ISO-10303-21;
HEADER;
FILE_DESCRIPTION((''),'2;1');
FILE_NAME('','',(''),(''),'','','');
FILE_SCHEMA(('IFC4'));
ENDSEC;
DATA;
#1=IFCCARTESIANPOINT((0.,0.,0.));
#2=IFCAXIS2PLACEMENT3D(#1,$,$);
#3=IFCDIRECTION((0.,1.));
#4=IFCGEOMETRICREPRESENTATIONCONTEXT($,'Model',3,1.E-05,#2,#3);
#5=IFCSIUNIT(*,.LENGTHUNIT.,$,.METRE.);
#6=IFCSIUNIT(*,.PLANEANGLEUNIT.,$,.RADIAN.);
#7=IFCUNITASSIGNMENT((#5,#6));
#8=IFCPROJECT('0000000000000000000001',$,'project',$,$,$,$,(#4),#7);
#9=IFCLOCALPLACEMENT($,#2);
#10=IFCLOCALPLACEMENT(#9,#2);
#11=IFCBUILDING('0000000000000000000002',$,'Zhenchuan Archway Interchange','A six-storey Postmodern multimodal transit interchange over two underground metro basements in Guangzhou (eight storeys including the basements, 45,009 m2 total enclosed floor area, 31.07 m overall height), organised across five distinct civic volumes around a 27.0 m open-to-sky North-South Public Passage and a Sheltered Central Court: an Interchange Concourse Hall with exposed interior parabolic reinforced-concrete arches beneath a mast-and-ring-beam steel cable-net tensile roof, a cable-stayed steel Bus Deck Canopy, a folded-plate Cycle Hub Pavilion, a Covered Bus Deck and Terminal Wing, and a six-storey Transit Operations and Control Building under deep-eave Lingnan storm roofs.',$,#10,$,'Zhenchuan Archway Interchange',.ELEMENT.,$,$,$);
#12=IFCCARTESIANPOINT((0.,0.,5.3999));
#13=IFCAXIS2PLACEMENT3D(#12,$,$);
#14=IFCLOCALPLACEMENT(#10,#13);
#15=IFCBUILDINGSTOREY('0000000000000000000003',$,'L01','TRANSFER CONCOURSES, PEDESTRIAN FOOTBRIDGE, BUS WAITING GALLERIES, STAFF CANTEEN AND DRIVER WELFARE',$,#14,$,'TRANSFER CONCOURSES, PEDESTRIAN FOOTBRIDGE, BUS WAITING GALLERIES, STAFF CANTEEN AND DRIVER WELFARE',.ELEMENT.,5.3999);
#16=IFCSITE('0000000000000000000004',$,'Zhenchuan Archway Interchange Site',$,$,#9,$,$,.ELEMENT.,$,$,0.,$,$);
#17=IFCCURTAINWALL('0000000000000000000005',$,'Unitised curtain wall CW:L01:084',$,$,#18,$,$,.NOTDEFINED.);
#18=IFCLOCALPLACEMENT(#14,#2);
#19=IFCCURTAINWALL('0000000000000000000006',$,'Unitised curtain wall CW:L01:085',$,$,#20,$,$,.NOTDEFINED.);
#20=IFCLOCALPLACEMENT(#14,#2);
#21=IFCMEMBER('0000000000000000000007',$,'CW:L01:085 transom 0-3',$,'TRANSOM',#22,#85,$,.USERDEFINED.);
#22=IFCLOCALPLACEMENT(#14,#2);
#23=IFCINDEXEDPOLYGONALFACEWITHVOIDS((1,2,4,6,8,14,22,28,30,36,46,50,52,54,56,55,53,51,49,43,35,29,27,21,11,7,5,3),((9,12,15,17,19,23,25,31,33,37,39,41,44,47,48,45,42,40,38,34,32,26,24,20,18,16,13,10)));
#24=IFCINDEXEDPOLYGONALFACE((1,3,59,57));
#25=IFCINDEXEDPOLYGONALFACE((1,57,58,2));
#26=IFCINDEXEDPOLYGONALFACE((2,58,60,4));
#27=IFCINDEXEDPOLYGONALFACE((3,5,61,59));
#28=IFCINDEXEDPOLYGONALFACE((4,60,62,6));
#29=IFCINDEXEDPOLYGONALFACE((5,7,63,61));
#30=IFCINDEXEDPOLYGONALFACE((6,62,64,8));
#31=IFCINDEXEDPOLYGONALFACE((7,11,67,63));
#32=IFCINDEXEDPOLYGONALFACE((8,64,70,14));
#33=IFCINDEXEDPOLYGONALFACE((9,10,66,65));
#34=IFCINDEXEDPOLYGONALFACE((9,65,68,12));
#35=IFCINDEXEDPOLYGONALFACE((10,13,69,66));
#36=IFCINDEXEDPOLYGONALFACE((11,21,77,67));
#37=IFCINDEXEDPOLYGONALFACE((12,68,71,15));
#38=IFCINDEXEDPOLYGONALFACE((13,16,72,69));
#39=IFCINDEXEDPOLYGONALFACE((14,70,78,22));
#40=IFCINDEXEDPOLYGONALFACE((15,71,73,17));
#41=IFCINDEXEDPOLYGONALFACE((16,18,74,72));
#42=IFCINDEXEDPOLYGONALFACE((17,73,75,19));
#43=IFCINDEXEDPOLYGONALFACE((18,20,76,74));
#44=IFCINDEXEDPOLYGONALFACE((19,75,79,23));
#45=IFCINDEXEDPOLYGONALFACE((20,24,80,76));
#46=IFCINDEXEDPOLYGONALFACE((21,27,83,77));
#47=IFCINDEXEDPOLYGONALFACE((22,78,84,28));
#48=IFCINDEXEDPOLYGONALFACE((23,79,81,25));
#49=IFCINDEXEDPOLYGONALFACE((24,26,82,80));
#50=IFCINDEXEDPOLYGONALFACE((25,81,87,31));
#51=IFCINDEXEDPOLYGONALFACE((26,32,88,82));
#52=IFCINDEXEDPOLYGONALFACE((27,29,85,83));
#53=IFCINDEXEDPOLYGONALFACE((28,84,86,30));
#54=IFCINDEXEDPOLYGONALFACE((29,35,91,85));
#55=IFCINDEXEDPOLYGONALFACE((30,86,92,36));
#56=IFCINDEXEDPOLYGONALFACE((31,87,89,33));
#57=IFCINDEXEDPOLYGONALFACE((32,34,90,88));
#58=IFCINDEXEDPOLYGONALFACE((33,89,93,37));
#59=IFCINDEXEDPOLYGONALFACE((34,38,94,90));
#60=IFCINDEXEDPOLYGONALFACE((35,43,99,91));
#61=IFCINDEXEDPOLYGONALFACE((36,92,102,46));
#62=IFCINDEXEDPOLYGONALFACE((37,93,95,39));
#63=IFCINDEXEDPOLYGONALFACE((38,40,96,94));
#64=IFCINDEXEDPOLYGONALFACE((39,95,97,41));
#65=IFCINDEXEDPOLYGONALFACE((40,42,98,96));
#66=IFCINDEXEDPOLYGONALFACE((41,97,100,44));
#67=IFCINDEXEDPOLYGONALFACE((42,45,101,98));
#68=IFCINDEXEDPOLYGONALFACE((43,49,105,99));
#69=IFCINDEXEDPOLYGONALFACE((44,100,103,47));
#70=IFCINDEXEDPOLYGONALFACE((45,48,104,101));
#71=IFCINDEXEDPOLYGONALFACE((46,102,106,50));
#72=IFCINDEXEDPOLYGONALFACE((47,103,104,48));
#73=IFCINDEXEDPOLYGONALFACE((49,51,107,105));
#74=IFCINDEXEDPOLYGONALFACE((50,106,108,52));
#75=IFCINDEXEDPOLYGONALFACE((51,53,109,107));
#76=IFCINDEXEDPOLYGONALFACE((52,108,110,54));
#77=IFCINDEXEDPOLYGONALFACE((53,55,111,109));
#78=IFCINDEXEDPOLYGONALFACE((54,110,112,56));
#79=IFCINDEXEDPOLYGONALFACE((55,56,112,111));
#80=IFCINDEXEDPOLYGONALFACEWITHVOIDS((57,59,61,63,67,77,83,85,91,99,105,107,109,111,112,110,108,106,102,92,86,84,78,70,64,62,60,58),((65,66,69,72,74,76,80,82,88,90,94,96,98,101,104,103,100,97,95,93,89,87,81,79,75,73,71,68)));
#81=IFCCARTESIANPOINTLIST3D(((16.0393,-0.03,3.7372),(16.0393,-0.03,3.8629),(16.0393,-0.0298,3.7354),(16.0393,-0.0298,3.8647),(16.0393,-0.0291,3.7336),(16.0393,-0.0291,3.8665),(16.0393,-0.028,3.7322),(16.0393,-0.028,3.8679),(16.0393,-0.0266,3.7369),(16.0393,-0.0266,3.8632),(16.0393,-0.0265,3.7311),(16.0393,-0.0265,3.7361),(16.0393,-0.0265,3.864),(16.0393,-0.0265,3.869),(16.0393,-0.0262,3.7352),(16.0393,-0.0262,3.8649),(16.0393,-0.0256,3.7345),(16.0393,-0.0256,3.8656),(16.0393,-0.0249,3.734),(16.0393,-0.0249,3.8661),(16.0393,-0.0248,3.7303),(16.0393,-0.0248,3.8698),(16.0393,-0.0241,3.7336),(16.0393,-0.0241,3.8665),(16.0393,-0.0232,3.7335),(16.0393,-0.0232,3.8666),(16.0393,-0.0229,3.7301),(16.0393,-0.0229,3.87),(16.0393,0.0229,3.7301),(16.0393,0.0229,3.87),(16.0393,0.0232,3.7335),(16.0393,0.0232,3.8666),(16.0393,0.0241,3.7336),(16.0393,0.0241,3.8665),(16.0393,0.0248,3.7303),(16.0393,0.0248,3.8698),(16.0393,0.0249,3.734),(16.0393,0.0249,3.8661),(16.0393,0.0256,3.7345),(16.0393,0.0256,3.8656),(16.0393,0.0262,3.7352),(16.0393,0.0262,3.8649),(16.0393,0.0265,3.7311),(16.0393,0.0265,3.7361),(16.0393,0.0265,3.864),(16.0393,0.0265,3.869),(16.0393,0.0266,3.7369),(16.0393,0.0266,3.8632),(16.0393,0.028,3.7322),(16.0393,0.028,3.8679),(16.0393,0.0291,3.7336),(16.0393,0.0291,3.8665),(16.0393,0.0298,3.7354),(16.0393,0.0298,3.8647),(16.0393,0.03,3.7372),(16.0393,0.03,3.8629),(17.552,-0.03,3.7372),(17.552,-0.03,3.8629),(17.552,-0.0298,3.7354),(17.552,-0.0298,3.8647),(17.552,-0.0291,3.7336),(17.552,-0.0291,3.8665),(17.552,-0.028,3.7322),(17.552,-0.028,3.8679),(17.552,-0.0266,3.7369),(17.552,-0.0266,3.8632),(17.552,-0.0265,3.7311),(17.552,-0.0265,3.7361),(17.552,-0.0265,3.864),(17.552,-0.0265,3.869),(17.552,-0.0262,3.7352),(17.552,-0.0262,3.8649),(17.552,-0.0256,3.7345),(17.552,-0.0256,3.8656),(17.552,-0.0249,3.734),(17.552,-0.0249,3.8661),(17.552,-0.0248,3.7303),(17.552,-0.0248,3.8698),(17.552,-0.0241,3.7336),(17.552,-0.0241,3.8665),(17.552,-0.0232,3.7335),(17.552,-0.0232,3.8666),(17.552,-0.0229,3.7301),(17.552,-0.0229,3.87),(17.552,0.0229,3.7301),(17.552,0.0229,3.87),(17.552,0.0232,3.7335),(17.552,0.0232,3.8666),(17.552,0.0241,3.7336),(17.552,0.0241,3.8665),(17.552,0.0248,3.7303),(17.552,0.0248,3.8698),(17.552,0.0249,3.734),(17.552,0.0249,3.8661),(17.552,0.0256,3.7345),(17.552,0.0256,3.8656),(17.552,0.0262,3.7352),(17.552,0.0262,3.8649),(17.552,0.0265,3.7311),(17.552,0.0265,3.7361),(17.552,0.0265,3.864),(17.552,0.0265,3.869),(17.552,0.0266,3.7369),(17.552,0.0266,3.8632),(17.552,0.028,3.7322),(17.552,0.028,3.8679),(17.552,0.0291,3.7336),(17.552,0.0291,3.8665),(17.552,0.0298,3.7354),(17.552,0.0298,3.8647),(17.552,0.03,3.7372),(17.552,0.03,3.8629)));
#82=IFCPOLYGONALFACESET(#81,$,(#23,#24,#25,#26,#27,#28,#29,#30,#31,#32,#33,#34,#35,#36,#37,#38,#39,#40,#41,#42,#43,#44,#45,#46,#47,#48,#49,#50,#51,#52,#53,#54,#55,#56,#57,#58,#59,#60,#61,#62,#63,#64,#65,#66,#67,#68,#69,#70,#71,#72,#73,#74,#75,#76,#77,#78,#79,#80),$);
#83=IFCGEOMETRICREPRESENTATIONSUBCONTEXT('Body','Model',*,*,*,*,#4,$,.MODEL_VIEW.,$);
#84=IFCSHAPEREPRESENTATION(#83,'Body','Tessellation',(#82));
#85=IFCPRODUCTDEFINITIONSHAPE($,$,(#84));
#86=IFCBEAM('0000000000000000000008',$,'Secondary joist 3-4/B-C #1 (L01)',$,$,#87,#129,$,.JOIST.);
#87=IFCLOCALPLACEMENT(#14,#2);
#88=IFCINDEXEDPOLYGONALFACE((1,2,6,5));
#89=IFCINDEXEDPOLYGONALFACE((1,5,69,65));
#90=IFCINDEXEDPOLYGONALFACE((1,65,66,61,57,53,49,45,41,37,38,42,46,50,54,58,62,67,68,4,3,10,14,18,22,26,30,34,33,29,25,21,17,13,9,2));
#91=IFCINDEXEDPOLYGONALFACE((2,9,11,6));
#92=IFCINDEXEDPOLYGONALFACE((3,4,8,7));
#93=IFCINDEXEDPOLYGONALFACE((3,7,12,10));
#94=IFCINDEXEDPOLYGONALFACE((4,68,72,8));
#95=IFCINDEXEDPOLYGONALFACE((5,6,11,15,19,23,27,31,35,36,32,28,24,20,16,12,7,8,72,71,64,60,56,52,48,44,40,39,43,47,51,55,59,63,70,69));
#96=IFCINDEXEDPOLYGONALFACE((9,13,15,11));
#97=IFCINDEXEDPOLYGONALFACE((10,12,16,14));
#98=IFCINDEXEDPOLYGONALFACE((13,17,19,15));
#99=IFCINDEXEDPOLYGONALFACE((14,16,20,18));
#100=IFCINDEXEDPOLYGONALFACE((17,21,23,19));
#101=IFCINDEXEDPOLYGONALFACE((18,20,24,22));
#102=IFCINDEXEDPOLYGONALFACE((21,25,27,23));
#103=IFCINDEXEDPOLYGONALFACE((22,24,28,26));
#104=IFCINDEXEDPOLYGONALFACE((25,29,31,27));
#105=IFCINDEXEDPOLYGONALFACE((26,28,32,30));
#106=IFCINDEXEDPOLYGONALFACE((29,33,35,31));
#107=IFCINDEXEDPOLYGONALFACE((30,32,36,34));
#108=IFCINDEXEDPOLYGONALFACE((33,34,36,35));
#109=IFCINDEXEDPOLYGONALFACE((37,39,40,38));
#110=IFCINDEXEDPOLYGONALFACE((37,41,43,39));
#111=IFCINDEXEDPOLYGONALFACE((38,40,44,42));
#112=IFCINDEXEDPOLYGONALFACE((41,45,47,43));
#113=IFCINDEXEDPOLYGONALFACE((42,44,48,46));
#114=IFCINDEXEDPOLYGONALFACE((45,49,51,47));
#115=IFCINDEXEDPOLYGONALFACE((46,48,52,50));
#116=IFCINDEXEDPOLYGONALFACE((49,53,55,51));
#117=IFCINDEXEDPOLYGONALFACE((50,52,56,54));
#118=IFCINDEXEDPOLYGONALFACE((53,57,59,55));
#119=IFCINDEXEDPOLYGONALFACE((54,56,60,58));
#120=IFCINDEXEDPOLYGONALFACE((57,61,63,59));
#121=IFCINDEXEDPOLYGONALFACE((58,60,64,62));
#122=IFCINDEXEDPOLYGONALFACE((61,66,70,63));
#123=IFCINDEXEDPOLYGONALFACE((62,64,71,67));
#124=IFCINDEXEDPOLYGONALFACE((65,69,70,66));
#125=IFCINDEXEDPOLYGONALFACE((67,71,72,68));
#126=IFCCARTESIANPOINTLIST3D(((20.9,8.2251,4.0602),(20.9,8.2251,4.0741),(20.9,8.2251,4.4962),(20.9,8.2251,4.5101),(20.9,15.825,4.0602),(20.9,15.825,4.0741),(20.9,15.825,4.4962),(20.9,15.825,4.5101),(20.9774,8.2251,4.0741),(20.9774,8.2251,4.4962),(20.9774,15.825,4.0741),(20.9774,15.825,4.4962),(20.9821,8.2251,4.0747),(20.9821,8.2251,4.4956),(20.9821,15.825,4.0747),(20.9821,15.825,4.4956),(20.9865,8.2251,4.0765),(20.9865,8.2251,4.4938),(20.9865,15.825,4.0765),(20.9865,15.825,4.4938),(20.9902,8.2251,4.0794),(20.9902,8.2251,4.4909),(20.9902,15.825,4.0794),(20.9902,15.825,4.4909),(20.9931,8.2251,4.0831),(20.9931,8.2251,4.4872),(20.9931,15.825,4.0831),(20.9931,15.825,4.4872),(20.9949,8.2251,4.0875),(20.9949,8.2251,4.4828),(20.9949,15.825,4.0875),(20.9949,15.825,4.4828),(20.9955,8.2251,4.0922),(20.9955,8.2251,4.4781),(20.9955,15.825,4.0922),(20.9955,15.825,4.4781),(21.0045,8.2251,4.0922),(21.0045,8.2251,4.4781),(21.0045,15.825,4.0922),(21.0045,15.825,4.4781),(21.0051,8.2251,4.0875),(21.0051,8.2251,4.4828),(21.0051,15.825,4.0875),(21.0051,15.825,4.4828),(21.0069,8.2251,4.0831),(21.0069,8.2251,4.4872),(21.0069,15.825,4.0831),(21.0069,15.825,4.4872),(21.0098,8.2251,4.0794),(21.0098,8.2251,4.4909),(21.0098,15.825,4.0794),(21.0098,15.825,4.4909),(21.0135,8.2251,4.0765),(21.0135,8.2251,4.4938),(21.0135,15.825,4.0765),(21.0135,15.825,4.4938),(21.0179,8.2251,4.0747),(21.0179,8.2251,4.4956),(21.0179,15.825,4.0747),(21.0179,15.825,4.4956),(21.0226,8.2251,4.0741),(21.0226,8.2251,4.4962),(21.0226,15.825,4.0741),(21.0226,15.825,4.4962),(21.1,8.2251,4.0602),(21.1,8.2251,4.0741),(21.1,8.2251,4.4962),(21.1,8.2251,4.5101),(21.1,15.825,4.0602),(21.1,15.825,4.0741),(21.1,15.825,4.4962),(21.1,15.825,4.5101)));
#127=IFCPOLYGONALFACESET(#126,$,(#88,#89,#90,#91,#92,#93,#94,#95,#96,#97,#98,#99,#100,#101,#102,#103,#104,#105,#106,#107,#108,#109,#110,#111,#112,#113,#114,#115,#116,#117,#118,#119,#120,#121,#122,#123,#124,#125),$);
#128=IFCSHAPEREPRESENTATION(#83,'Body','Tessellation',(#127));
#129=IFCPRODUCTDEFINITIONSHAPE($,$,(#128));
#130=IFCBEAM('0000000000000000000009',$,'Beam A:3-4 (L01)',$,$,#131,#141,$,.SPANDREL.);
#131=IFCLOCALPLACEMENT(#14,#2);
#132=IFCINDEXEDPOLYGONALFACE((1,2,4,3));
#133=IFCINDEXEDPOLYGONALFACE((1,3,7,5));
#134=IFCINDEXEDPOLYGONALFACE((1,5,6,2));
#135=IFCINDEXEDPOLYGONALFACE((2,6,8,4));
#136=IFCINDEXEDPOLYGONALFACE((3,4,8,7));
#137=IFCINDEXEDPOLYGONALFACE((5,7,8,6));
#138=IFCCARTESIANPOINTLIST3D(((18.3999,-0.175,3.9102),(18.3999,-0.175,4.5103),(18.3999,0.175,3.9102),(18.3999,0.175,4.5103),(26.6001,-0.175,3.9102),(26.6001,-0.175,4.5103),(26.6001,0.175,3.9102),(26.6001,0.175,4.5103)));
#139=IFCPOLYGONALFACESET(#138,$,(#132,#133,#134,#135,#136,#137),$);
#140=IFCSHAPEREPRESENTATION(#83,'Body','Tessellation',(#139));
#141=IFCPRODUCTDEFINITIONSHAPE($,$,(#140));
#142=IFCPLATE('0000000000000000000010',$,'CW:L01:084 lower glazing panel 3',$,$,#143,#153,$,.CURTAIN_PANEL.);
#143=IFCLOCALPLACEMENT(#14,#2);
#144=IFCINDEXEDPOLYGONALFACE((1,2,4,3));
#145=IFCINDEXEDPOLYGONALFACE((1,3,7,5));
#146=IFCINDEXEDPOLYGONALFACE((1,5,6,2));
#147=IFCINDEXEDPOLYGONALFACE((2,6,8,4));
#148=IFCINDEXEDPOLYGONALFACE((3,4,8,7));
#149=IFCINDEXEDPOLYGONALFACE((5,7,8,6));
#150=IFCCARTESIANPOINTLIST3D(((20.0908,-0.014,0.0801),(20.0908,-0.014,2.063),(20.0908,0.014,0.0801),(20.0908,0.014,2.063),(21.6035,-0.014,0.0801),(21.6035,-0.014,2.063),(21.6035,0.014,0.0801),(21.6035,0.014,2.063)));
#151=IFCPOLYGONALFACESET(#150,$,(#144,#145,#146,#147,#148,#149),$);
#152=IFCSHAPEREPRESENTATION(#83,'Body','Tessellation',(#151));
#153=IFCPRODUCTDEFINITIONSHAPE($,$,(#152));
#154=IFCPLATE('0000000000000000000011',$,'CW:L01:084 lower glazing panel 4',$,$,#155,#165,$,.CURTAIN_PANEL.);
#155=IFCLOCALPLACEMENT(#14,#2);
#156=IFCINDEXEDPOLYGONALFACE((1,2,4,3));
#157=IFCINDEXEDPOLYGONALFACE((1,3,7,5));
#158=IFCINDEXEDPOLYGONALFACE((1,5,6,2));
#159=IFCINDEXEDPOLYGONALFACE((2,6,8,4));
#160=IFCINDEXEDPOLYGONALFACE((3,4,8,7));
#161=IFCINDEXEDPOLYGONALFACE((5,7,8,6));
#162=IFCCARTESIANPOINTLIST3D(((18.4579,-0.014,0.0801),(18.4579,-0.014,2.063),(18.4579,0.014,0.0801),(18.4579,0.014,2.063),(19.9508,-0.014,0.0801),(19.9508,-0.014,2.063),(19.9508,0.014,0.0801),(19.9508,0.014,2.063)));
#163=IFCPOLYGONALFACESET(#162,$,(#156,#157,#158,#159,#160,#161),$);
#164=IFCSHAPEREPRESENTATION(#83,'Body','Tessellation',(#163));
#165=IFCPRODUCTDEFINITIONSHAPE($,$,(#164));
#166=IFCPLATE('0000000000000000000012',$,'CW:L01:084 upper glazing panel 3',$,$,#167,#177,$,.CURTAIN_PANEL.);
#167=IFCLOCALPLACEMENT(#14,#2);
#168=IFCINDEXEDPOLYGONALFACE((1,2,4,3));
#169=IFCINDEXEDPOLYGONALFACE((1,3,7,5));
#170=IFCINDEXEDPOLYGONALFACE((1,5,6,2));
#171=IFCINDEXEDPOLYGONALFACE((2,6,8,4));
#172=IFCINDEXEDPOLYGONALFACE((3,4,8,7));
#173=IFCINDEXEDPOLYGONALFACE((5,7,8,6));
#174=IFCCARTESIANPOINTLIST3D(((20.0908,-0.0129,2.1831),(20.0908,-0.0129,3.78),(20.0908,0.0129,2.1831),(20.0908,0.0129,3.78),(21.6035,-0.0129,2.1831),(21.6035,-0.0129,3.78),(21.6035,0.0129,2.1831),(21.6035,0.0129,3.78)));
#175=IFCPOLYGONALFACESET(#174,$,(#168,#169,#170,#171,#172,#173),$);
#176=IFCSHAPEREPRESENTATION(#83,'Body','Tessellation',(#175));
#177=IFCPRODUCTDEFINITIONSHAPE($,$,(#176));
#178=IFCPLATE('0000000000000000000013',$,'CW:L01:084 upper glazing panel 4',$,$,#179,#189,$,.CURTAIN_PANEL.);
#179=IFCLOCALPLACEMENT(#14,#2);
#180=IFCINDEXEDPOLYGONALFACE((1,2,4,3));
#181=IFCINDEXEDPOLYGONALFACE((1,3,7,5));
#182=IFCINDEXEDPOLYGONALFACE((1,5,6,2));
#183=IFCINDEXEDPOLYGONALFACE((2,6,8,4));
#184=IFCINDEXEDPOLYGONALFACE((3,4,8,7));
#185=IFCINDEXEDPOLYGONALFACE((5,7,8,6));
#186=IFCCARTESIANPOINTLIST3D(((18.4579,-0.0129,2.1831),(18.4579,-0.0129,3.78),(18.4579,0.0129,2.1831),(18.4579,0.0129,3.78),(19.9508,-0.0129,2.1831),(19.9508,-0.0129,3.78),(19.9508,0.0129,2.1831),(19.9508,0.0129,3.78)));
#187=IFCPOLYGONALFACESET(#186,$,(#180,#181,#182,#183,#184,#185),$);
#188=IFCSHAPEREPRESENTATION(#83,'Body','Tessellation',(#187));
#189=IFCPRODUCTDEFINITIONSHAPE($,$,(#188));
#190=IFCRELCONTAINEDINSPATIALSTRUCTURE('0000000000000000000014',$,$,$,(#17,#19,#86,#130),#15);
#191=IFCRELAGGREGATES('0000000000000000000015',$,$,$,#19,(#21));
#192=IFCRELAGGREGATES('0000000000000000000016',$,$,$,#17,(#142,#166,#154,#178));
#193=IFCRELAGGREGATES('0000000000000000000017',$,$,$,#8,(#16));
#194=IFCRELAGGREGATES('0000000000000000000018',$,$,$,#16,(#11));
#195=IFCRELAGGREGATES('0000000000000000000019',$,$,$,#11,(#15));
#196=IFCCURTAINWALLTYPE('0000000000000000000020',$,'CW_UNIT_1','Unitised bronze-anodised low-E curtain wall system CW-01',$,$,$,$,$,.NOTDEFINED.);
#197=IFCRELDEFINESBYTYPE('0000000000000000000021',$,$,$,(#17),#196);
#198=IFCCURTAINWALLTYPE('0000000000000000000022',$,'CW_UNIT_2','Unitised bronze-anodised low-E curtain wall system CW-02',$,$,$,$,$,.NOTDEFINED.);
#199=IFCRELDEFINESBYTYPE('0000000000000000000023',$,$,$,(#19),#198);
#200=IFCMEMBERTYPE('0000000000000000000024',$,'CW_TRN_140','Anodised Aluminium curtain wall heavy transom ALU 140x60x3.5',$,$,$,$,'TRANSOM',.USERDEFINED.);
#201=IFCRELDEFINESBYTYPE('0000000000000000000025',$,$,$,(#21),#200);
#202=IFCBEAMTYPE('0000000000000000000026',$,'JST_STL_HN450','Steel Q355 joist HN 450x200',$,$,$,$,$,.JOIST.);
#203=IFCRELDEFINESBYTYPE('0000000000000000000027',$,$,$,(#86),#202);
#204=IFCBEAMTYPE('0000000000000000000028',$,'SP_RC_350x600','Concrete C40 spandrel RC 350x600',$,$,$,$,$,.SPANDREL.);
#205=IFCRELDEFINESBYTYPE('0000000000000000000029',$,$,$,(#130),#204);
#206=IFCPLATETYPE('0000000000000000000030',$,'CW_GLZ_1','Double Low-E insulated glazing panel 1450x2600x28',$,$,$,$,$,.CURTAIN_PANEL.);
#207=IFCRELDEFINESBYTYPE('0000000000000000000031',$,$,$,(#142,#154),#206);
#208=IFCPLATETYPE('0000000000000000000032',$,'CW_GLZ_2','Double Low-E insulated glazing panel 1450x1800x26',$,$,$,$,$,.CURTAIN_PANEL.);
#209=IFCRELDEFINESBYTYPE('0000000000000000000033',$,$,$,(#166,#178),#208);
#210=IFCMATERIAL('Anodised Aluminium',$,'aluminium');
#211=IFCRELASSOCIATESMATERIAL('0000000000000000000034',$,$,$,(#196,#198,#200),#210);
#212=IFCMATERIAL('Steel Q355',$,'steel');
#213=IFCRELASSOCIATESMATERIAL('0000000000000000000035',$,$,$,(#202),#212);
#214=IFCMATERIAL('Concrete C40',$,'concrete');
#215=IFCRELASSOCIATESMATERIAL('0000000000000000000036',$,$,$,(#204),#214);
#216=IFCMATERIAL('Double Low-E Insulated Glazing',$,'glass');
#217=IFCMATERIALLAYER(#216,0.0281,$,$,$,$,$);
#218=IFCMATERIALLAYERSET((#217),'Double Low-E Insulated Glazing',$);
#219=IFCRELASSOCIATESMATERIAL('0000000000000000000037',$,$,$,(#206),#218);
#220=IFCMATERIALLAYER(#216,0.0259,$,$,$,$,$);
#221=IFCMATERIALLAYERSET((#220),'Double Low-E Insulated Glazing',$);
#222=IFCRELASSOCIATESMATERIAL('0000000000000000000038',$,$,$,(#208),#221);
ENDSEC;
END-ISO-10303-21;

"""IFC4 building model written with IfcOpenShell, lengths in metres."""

from ifc_helpers import new_model, si_unit, direction, frame, origin, origin_2d, place, context, subcontext, project, spatial, rectangle, hollow_rectangle, i_section, extrude, material, layer, layer_set, material_profile, profile_set, type_object, element, aggregate, save


model = new_model("IFC4")

# Units and contexts
model_context = context("Model", 3, precision=1e-05, world=origin(), true_north=direction((0.0, 1.0)))
body_context = subcontext(model_context, "Body", "Model", "MODEL_VIEW")
ifc_project = project(units=[si_unit("LENGTHUNIT", "METRE"), si_unit("PLANEANGLEUNIT", "RADIAN")], contexts=[model_context])

# Site, building, storey
site_placement = place(None, origin())
site = spatial("IfcSite", under=ifc_project, at=site_placement, Name="Zhenchuan Archway Interchange Site", CompositionType="ELEMENT", RefElevation=0.0)
building_placement = place(site_placement, origin())
building = spatial("IfcBuilding", under=site, at=building_placement, Name="Zhenchuan Archway Interchange", Description="A six-storey Postmodern multimodal transit interchange over two underground metro basements in Guangzhou (eight storeys including the basements, 45,009 m2 total enclosed floor area, 31.07 m overall height), organised across five distinct civic volumes around a 27.0 m open-to-sky North-South Public Passage and a Sheltered Central Court: an Interchange Concourse Hall with exposed interior parabolic reinforced-concrete arches beneath a mast-and-ring-beam steel cable-net tensile roof, a cable-stayed steel Bus Deck Canopy, a folded-plate Cycle Hub Pavilion, a Covered Bus Deck and Terminal Wing, and a six-storey Transit Operations and Control Building under deep-eave Lingnan storm roofs.", LongName="Zhenchuan Archway Interchange", CompositionType="ELEMENT")
storey_placement = place(building_placement, frame((0.0, 0.0, 5.3999)))
storey = spatial("IfcBuildingStorey", under=building, at=storey_placement, Name="L01", Description="TRANSFER CONCOURSES, PEDESTRIAN FOOTBRIDGE, BUS WAITING GALLERIES, STAFF CANTEEN AND DRIVER WELFARE", LongName="TRANSFER CONCOURSES, PEDESTRIAN FOOTBRIDGE, BUS WAITING GALLERIES, STAFF CANTEEN AND DRIVER WELFARE", CompositionType="ELEMENT", Elevation=5.3999)

# Shared definitions
ifc_material_1 = material(Name="Concrete C40", Category="concrete")

# Curtain wall
ifc_material_2 = material(Name="Anodised Aluminium", Category="aluminium")
curtain_wall_type_1 = type_object("IfcCurtainWallType", Name="CW_UNIT_1", Description="Unitised bronze-anodised low-E curtain wall system CW-01", PredefinedType="NOTDEFINED", material=ifc_material_2)
curtain_wall_1_placement = place(storey_placement, origin())
curtain_wall_1 = element("IfcCurtainWall", 1, at=curtain_wall_1_placement, inside=storey, type_object=curtain_wall_type_1, Name="Unitised curtain wall CW:L01:084", PredefinedType="NOTDEFINED")

# Curtain wall
curtain_wall_type_2 = type_object("IfcCurtainWallType", Name="CW_UNIT_2", Description="Unitised bronze-anodised low-E curtain wall system CW-02", PredefinedType="NOTDEFINED", material=ifc_material_2)
curtain_wall_2_placement = place(storey_placement, origin())
curtain_wall_2 = element("IfcCurtainWall", 2, at=curtain_wall_2_placement, inside=storey, type_object=curtain_wall_type_2, Name="Unitised curtain wall CW:L01:085", PredefinedType="NOTDEFINED")

# Member
ifc_material_profile_1 = material_profile(ifc_material_2, hollow_rectangle(XDim=0.0601, YDim=0.1399, WallThickness=0.0034, InnerFilletRadius=0.0034, OuterFilletRadius=0.0071, at=origin_2d()), Name="ALU 140x60x3.5")
ifc_profile_set_1 = profile_set([ifc_material_profile_1], Name="Anodised Aluminium")
member_type_1 = type_object("IfcMemberType", Name="CW_TRN_140", Description="Anodised Aluminium curtain wall heavy transom ALU 140x60x3.5", ElementType="TRANSOM", PredefinedType="USERDEFINED", material=ifc_profile_set_1)
member_1_placement = place(storey_placement, frame((17.552, 0.0, 3.8), z_axis=(-1.0, 0.0, 0.0), x_axis=(0.0, -1.0, 0.0)))
member_1 = element("IfcMember", 3, at=member_1_placement, type_object=member_type_1, Name="CW:L01:085 transom 0-3", ObjectType="TRANSOM", PredefinedType="USERDEFINED", context=body_context, shape_type="SweptSolid", body=[
    extrude(hollow_rectangle(XDim=0.0601, YDim=0.1399, WallThickness=0.0034, InnerFilletRadius=0.0034, OuterFilletRadius=0.0071, at=origin_2d()), origin(), (0.0, 0.0, 1.0), 1.5127),
])
aggregate(curtain_wall_2, [member_1])

# Beams
ifc_material_3 = material(Name="Steel Q355", Category="steel")
ifc_material_profile_2 = material_profile(ifc_material_3, i_section(OverallWidth=0.2, OverallDepth=0.45, WebThickness=0.009, FlangeThickness=0.0139, FilletRadius=0.0181, at=origin_2d()), Name="HN 450x200")
ifc_profile_set_2 = profile_set([ifc_material_profile_2], Name="Steel Q355")
beam_type_1 = type_object("IfcBeamType", Name="JST_STL_HN450", Description="Steel Q355 joist HN 450x200", PredefinedType="JOIST", material=ifc_profile_set_2)
beam_1_placement = place(storey_placement, frame((21.0, 8.2251, 4.2852), z_axis=(0.0, 1.0, 0.0), x_axis=(-1.0, 0.0, 0.0)))
element("IfcBeam", 4, at=beam_1_placement, inside=storey, type_object=beam_type_1, Name="Secondary joist 3-4/B-C #1 (L01)", PredefinedType="JOIST", context=body_context, shape_type="SweptSolid", body=[
    extrude(i_section(OverallWidth=0.2, OverallDepth=0.45, WebThickness=0.009, FlangeThickness=0.0139, FilletRadius=0.0181, at=origin_2d()), origin(), (0.0, 0.0, 1.0), 7.5999),
])
ifc_material_profile_3 = material_profile(ifc_material_1, rectangle(XDim=0.3501, YDim=0.6001, at=origin_2d()), Name="RC 350x600")
ifc_profile_set_3 = profile_set([ifc_material_profile_3], Name="Concrete C40")
beam_type_2 = type_object("IfcBeamType", Name="SP_RC_350x600", Description="Concrete C40 spandrel RC 350x600", PredefinedType="SPANDREL", material=ifc_profile_set_3)
beam_2_placement = place(storey_placement, frame((18.3999, 0.0, 4.2102), z_axis=(1.0, 0.0, 0.0), x_axis=(0.0, 1.0, 0.0)))
element("IfcBeam", 5, at=beam_2_placement, inside=storey, type_object=beam_type_2, Name="Beam A:3-4 (L01)", PredefinedType="SPANDREL", context=body_context, shape_type="SweptSolid", body=[
    extrude(rectangle(XDim=0.3501, YDim=0.6001, at=origin_2d()), origin(), (0.0, 0.0, 1.0), 8.2002),
])

# Plates
ifc_material_4 = material(Name="Double Low-E Insulated Glazing", Category="glass")
ifc_layer_1 = layer(ifc_material_4, 0.0281)
ifc_layer_set_1 = layer_set([ifc_layer_1], Name="Double Low-E Insulated Glazing")
plate_type_1 = type_object("IfcPlateType", Name="CW_GLZ_1", Description="Double Low-E insulated glazing panel 1450x2600x28", PredefinedType="CURTAIN_PANEL", material=ifc_layer_set_1)
plate_1_placement = place(storey_placement, frame((20.8472, 0.0, 0.0801), z_axis=(0.0, 0.0, 1.0), x_axis=(-1.0, 0.0, 0.0)))
plate_1 = element("IfcPlate", 6, at=plate_1_placement, type_object=plate_type_1, Name="CW:L01:084 lower glazing panel 3", PredefinedType="CURTAIN_PANEL", context=body_context, shape_type="SweptSolid", body=[
    extrude(rectangle(XDim=1.5127, YDim=0.0281, at=origin_2d()), origin(), (0.0, 0.0, 1.0), 1.9829),
])
plate_2_placement = place(storey_placement, frame((19.2043, 0.0, 0.0801), z_axis=(0.0, 0.0, 1.0), x_axis=(-1.0, 0.0, 0.0)))
plate_2 = element("IfcPlate", 7, at=plate_2_placement, type_object=plate_type_1, Name="CW:L01:084 lower glazing panel 4", PredefinedType="CURTAIN_PANEL", context=body_context, shape_type="SweptSolid", body=[
    extrude(rectangle(XDim=1.4929, YDim=0.0281, at=origin_2d()), origin(), (0.0, 0.0, 1.0), 1.9829),
])
ifc_layer_2 = layer(ifc_material_4, 0.0259)
ifc_layer_set_2 = layer_set([ifc_layer_2], Name="Double Low-E Insulated Glazing")
plate_type_2 = type_object("IfcPlateType", Name="CW_GLZ_2", Description="Double Low-E insulated glazing panel 1450x1800x26", PredefinedType="CURTAIN_PANEL", material=ifc_layer_set_2)
plate_3_placement = place(storey_placement, frame((20.8472, 0.0, 2.1831), z_axis=(0.0, 0.0, 1.0), x_axis=(-1.0, 0.0, 0.0)))
plate_3 = element("IfcPlate", 8, at=plate_3_placement, type_object=plate_type_2, Name="CW:L01:084 upper glazing panel 3", PredefinedType="CURTAIN_PANEL", context=body_context, shape_type="SweptSolid", body=[
    extrude(rectangle(XDim=1.5127, YDim=0.0259, at=origin_2d()), origin(), (0.0, 0.0, 1.0), 1.5969),
])
plate_4_placement = place(storey_placement, frame((19.2043, 0.0, 2.1831), z_axis=(0.0, 0.0, 1.0), x_axis=(-1.0, 0.0, 0.0)))
plate_4 = element("IfcPlate", 9, at=plate_4_placement, type_object=plate_type_2, Name="CW:L01:084 upper glazing panel 4", PredefinedType="CURTAIN_PANEL", context=body_context, shape_type="SweptSolid", body=[
    extrude(rectangle(XDim=1.4929, YDim=0.0259, at=origin_2d()), origin(), (0.0, 0.0, 1.0), 1.5969),
])
aggregate(curtain_wall_1, [plate_1, plate_3, plate_2, plate_4])

save(model, "model.ifc")
